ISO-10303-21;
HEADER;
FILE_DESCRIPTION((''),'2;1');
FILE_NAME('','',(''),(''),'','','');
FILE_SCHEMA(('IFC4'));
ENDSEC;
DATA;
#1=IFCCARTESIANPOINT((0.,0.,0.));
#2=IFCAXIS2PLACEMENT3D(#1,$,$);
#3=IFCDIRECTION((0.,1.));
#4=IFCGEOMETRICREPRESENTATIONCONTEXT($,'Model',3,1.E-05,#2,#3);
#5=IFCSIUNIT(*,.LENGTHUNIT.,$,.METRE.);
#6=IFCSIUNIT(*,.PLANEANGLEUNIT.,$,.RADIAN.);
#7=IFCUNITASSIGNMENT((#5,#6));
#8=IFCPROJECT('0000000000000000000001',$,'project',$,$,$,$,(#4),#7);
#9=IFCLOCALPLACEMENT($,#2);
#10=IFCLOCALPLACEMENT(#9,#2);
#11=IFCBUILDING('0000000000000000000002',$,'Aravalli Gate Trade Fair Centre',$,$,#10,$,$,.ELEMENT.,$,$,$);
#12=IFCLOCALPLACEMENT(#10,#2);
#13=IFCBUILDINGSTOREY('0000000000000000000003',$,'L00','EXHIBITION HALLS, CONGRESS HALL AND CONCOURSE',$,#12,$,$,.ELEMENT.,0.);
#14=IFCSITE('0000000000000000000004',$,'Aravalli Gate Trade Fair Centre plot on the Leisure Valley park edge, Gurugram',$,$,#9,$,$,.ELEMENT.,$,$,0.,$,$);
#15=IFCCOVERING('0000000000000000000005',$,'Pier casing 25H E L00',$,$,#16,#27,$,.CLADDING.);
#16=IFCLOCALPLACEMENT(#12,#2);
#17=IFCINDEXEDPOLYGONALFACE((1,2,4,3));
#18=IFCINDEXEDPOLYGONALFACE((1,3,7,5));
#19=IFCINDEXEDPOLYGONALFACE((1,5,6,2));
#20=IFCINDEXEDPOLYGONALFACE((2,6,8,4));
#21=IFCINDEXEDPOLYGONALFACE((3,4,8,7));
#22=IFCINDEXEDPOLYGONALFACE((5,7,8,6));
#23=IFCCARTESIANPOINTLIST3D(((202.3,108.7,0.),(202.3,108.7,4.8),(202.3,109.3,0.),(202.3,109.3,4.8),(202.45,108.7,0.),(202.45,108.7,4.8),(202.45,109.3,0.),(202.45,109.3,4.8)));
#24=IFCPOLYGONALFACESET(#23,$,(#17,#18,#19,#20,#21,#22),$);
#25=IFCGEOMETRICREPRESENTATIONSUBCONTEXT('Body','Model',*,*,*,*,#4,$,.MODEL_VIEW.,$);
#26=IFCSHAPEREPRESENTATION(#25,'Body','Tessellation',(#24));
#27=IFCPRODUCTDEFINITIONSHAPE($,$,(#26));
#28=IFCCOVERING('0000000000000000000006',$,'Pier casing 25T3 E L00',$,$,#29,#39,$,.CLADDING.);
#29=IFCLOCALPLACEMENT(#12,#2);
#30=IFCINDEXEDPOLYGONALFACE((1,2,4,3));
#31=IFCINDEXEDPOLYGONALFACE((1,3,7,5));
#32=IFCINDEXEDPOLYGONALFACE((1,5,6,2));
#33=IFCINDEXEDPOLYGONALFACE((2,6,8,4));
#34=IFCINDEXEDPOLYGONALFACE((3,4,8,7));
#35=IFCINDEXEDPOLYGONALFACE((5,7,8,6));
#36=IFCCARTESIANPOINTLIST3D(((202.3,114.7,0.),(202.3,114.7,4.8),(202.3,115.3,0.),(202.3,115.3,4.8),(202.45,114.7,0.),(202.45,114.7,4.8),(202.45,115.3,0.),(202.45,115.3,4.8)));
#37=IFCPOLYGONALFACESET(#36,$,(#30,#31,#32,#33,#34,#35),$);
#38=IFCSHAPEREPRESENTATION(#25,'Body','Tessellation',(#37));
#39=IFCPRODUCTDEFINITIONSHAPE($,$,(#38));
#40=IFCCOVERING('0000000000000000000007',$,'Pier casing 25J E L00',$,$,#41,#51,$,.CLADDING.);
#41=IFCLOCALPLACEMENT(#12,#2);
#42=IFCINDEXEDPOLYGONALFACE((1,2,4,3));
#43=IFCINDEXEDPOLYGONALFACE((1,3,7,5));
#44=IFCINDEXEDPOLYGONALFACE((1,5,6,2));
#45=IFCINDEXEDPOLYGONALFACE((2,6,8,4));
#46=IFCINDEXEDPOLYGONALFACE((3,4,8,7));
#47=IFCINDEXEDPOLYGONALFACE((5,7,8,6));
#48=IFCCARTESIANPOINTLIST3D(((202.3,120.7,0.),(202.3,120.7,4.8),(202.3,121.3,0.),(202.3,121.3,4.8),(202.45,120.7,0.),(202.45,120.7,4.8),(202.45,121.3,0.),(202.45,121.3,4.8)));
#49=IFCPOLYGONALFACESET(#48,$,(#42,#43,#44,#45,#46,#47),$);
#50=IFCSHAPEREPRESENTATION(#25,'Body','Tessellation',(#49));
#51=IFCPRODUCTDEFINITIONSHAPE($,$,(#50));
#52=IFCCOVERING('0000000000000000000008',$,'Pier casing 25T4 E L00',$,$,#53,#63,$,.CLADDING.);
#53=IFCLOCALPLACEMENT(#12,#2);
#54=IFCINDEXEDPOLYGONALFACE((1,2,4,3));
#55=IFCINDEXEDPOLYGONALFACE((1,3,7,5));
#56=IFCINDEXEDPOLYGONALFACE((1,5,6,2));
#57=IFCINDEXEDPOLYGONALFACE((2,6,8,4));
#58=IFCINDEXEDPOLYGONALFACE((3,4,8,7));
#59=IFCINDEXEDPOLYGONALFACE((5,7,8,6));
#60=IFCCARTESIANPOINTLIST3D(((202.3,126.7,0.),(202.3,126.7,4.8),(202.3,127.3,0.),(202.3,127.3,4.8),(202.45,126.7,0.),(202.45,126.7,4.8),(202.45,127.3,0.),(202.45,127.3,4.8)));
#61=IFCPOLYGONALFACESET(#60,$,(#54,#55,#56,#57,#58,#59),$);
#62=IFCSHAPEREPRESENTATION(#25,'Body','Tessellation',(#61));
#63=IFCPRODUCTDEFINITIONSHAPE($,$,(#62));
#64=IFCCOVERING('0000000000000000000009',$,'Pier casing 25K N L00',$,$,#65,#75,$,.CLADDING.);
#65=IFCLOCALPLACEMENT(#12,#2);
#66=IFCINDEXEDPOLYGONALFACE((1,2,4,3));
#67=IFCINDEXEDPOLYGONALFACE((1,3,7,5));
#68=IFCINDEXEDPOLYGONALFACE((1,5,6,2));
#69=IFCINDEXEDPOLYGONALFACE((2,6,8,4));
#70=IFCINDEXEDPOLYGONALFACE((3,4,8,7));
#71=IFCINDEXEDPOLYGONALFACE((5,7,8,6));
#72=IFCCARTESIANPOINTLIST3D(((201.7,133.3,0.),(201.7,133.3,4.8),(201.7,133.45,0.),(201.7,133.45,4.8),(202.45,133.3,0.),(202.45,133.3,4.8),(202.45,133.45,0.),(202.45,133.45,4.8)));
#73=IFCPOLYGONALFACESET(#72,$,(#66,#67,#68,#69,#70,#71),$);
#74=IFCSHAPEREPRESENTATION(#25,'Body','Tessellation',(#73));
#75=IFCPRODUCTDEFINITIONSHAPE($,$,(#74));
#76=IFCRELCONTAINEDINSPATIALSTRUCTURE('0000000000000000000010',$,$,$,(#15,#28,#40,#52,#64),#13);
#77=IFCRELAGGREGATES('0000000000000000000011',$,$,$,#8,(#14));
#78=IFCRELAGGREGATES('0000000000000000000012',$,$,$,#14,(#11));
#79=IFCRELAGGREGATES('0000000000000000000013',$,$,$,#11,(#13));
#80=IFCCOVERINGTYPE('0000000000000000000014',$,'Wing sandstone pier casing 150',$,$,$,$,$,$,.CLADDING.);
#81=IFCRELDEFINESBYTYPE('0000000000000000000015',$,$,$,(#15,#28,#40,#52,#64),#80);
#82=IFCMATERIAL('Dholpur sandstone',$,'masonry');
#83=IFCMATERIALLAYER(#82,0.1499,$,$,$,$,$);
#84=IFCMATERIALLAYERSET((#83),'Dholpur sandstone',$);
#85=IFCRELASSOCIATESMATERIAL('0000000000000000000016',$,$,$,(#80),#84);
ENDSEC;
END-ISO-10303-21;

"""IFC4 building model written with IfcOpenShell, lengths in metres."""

from ifc_helpers import new_model, si_unit, direction, origin, place, context, subcontext, project, spatial, polyline, outline, extrude, material, layer, layer_set, type_object, element, save


model = new_model("IFC4")

# Units and contexts
model_context = context("Model", 3, precision=1e-05, world=origin(), true_north=direction((0.0, 1.0)))
body_context = subcontext(model_context, "Body", "Model", "MODEL_VIEW")
ifc_project = project(units=[si_unit("LENGTHUNIT", "METRE"), si_unit("PLANEANGLEUNIT", "RADIAN")], contexts=[model_context])

# Site, building, storey
site_placement = place(None, origin())
site = spatial("IfcSite", under=ifc_project, at=site_placement, Name="Aravalli Gate Trade Fair Centre plot on the Leisure Valley park edge, Gurugram", CompositionType="ELEMENT", RefElevation=0.0)
building_placement = place(site_placement, origin())
building = spatial("IfcBuilding", under=site, at=building_placement, Name="Aravalli Gate Trade Fair Centre", CompositionType="ELEMENT")
storey_placement = place(building_placement, origin())
storey = spatial("IfcBuildingStorey", under=building, at=storey_placement, Name="L00", Description="EXHIBITION HALLS, CONGRESS HALL AND CONCOURSE", CompositionType="ELEMENT", Elevation=0.0)

# Coverings
ifc_material_1 = material(Name="Dholpur sandstone", Category="masonry")
ifc_layer_1 = layer(ifc_material_1, 0.1499)
ifc_layer_set_1 = layer_set([ifc_layer_1], Name="Dholpur sandstone")
covering_type_1 = type_object("IfcCoveringType", Name="Wing sandstone pier casing 150", PredefinedType="CLADDING", material=ifc_layer_set_1)
covering_1_placement = place(storey_placement, origin())
element("IfcCovering", 1, at=covering_1_placement, inside=storey, type_object=covering_type_1, Name="Pier casing 25H E L00", PredefinedType="CLADDING", context=body_context, shape_type="SweptSolid", body=[
    extrude(outline(polyline([(202.3, 108.7), (202.45, 108.7), (202.45, 109.3), (202.3, 109.3), (202.3, 108.7)])), origin(), (0.0, 0.0, 1.0), 4.8),
])
covering_2_placement = place(storey_placement, origin())
element("IfcCovering", 2, at=covering_2_placement, inside=storey, type_object=covering_type_1, Name="Pier casing 25T3 E L00", PredefinedType="CLADDING", context=body_context, shape_type="SweptSolid", body=[
    extrude(outline(polyline([(202.3, 114.7), (202.45, 114.7), (202.45, 115.3), (202.3, 115.3), (202.3, 114.7)])), origin(), (0.0, 0.0, 1.0), 4.8),
])
covering_3_placement = place(storey_placement, origin())
element("IfcCovering", 3, at=covering_3_placement, inside=storey, type_object=covering_type_1, Name="Pier casing 25J E L00", PredefinedType="CLADDING", context=body_context, shape_type="SweptSolid", body=[
    extrude(outline(polyline([(202.3, 120.7), (202.45, 120.7), (202.45, 121.3), (202.3, 121.3), (202.3, 120.7)])), origin(), (0.0, 0.0, 1.0), 4.8),
])
covering_4_placement = place(storey_placement, origin())
element("IfcCovering", 4, at=covering_4_placement, inside=storey, type_object=covering_type_1, Name="Pier casing 25T4 E L00", PredefinedType="CLADDING", context=body_context, shape_type="SweptSolid", body=[
    extrude(outline(polyline([(202.3, 126.7), (202.45, 126.7), (202.45, 127.3), (202.3, 127.3), (202.3, 126.7)])), origin(), (0.0, 0.0, 1.0), 4.8),
])
covering_5_placement = place(storey_placement, origin())
element("IfcCovering", 5, at=covering_5_placement, inside=storey, type_object=covering_type_1, Name="Pier casing 25K N L00", PredefinedType="CLADDING", context=body_context, shape_type="SweptSolid", body=[
    extrude(outline(polyline([(201.7, 133.3), (202.45, 133.3), (202.45, 133.45), (201.7, 133.45), (201.7, 133.3)])), origin(), (0.0, 0.0, 1.0), 4.8),
])

save(model, "model.ifc")
